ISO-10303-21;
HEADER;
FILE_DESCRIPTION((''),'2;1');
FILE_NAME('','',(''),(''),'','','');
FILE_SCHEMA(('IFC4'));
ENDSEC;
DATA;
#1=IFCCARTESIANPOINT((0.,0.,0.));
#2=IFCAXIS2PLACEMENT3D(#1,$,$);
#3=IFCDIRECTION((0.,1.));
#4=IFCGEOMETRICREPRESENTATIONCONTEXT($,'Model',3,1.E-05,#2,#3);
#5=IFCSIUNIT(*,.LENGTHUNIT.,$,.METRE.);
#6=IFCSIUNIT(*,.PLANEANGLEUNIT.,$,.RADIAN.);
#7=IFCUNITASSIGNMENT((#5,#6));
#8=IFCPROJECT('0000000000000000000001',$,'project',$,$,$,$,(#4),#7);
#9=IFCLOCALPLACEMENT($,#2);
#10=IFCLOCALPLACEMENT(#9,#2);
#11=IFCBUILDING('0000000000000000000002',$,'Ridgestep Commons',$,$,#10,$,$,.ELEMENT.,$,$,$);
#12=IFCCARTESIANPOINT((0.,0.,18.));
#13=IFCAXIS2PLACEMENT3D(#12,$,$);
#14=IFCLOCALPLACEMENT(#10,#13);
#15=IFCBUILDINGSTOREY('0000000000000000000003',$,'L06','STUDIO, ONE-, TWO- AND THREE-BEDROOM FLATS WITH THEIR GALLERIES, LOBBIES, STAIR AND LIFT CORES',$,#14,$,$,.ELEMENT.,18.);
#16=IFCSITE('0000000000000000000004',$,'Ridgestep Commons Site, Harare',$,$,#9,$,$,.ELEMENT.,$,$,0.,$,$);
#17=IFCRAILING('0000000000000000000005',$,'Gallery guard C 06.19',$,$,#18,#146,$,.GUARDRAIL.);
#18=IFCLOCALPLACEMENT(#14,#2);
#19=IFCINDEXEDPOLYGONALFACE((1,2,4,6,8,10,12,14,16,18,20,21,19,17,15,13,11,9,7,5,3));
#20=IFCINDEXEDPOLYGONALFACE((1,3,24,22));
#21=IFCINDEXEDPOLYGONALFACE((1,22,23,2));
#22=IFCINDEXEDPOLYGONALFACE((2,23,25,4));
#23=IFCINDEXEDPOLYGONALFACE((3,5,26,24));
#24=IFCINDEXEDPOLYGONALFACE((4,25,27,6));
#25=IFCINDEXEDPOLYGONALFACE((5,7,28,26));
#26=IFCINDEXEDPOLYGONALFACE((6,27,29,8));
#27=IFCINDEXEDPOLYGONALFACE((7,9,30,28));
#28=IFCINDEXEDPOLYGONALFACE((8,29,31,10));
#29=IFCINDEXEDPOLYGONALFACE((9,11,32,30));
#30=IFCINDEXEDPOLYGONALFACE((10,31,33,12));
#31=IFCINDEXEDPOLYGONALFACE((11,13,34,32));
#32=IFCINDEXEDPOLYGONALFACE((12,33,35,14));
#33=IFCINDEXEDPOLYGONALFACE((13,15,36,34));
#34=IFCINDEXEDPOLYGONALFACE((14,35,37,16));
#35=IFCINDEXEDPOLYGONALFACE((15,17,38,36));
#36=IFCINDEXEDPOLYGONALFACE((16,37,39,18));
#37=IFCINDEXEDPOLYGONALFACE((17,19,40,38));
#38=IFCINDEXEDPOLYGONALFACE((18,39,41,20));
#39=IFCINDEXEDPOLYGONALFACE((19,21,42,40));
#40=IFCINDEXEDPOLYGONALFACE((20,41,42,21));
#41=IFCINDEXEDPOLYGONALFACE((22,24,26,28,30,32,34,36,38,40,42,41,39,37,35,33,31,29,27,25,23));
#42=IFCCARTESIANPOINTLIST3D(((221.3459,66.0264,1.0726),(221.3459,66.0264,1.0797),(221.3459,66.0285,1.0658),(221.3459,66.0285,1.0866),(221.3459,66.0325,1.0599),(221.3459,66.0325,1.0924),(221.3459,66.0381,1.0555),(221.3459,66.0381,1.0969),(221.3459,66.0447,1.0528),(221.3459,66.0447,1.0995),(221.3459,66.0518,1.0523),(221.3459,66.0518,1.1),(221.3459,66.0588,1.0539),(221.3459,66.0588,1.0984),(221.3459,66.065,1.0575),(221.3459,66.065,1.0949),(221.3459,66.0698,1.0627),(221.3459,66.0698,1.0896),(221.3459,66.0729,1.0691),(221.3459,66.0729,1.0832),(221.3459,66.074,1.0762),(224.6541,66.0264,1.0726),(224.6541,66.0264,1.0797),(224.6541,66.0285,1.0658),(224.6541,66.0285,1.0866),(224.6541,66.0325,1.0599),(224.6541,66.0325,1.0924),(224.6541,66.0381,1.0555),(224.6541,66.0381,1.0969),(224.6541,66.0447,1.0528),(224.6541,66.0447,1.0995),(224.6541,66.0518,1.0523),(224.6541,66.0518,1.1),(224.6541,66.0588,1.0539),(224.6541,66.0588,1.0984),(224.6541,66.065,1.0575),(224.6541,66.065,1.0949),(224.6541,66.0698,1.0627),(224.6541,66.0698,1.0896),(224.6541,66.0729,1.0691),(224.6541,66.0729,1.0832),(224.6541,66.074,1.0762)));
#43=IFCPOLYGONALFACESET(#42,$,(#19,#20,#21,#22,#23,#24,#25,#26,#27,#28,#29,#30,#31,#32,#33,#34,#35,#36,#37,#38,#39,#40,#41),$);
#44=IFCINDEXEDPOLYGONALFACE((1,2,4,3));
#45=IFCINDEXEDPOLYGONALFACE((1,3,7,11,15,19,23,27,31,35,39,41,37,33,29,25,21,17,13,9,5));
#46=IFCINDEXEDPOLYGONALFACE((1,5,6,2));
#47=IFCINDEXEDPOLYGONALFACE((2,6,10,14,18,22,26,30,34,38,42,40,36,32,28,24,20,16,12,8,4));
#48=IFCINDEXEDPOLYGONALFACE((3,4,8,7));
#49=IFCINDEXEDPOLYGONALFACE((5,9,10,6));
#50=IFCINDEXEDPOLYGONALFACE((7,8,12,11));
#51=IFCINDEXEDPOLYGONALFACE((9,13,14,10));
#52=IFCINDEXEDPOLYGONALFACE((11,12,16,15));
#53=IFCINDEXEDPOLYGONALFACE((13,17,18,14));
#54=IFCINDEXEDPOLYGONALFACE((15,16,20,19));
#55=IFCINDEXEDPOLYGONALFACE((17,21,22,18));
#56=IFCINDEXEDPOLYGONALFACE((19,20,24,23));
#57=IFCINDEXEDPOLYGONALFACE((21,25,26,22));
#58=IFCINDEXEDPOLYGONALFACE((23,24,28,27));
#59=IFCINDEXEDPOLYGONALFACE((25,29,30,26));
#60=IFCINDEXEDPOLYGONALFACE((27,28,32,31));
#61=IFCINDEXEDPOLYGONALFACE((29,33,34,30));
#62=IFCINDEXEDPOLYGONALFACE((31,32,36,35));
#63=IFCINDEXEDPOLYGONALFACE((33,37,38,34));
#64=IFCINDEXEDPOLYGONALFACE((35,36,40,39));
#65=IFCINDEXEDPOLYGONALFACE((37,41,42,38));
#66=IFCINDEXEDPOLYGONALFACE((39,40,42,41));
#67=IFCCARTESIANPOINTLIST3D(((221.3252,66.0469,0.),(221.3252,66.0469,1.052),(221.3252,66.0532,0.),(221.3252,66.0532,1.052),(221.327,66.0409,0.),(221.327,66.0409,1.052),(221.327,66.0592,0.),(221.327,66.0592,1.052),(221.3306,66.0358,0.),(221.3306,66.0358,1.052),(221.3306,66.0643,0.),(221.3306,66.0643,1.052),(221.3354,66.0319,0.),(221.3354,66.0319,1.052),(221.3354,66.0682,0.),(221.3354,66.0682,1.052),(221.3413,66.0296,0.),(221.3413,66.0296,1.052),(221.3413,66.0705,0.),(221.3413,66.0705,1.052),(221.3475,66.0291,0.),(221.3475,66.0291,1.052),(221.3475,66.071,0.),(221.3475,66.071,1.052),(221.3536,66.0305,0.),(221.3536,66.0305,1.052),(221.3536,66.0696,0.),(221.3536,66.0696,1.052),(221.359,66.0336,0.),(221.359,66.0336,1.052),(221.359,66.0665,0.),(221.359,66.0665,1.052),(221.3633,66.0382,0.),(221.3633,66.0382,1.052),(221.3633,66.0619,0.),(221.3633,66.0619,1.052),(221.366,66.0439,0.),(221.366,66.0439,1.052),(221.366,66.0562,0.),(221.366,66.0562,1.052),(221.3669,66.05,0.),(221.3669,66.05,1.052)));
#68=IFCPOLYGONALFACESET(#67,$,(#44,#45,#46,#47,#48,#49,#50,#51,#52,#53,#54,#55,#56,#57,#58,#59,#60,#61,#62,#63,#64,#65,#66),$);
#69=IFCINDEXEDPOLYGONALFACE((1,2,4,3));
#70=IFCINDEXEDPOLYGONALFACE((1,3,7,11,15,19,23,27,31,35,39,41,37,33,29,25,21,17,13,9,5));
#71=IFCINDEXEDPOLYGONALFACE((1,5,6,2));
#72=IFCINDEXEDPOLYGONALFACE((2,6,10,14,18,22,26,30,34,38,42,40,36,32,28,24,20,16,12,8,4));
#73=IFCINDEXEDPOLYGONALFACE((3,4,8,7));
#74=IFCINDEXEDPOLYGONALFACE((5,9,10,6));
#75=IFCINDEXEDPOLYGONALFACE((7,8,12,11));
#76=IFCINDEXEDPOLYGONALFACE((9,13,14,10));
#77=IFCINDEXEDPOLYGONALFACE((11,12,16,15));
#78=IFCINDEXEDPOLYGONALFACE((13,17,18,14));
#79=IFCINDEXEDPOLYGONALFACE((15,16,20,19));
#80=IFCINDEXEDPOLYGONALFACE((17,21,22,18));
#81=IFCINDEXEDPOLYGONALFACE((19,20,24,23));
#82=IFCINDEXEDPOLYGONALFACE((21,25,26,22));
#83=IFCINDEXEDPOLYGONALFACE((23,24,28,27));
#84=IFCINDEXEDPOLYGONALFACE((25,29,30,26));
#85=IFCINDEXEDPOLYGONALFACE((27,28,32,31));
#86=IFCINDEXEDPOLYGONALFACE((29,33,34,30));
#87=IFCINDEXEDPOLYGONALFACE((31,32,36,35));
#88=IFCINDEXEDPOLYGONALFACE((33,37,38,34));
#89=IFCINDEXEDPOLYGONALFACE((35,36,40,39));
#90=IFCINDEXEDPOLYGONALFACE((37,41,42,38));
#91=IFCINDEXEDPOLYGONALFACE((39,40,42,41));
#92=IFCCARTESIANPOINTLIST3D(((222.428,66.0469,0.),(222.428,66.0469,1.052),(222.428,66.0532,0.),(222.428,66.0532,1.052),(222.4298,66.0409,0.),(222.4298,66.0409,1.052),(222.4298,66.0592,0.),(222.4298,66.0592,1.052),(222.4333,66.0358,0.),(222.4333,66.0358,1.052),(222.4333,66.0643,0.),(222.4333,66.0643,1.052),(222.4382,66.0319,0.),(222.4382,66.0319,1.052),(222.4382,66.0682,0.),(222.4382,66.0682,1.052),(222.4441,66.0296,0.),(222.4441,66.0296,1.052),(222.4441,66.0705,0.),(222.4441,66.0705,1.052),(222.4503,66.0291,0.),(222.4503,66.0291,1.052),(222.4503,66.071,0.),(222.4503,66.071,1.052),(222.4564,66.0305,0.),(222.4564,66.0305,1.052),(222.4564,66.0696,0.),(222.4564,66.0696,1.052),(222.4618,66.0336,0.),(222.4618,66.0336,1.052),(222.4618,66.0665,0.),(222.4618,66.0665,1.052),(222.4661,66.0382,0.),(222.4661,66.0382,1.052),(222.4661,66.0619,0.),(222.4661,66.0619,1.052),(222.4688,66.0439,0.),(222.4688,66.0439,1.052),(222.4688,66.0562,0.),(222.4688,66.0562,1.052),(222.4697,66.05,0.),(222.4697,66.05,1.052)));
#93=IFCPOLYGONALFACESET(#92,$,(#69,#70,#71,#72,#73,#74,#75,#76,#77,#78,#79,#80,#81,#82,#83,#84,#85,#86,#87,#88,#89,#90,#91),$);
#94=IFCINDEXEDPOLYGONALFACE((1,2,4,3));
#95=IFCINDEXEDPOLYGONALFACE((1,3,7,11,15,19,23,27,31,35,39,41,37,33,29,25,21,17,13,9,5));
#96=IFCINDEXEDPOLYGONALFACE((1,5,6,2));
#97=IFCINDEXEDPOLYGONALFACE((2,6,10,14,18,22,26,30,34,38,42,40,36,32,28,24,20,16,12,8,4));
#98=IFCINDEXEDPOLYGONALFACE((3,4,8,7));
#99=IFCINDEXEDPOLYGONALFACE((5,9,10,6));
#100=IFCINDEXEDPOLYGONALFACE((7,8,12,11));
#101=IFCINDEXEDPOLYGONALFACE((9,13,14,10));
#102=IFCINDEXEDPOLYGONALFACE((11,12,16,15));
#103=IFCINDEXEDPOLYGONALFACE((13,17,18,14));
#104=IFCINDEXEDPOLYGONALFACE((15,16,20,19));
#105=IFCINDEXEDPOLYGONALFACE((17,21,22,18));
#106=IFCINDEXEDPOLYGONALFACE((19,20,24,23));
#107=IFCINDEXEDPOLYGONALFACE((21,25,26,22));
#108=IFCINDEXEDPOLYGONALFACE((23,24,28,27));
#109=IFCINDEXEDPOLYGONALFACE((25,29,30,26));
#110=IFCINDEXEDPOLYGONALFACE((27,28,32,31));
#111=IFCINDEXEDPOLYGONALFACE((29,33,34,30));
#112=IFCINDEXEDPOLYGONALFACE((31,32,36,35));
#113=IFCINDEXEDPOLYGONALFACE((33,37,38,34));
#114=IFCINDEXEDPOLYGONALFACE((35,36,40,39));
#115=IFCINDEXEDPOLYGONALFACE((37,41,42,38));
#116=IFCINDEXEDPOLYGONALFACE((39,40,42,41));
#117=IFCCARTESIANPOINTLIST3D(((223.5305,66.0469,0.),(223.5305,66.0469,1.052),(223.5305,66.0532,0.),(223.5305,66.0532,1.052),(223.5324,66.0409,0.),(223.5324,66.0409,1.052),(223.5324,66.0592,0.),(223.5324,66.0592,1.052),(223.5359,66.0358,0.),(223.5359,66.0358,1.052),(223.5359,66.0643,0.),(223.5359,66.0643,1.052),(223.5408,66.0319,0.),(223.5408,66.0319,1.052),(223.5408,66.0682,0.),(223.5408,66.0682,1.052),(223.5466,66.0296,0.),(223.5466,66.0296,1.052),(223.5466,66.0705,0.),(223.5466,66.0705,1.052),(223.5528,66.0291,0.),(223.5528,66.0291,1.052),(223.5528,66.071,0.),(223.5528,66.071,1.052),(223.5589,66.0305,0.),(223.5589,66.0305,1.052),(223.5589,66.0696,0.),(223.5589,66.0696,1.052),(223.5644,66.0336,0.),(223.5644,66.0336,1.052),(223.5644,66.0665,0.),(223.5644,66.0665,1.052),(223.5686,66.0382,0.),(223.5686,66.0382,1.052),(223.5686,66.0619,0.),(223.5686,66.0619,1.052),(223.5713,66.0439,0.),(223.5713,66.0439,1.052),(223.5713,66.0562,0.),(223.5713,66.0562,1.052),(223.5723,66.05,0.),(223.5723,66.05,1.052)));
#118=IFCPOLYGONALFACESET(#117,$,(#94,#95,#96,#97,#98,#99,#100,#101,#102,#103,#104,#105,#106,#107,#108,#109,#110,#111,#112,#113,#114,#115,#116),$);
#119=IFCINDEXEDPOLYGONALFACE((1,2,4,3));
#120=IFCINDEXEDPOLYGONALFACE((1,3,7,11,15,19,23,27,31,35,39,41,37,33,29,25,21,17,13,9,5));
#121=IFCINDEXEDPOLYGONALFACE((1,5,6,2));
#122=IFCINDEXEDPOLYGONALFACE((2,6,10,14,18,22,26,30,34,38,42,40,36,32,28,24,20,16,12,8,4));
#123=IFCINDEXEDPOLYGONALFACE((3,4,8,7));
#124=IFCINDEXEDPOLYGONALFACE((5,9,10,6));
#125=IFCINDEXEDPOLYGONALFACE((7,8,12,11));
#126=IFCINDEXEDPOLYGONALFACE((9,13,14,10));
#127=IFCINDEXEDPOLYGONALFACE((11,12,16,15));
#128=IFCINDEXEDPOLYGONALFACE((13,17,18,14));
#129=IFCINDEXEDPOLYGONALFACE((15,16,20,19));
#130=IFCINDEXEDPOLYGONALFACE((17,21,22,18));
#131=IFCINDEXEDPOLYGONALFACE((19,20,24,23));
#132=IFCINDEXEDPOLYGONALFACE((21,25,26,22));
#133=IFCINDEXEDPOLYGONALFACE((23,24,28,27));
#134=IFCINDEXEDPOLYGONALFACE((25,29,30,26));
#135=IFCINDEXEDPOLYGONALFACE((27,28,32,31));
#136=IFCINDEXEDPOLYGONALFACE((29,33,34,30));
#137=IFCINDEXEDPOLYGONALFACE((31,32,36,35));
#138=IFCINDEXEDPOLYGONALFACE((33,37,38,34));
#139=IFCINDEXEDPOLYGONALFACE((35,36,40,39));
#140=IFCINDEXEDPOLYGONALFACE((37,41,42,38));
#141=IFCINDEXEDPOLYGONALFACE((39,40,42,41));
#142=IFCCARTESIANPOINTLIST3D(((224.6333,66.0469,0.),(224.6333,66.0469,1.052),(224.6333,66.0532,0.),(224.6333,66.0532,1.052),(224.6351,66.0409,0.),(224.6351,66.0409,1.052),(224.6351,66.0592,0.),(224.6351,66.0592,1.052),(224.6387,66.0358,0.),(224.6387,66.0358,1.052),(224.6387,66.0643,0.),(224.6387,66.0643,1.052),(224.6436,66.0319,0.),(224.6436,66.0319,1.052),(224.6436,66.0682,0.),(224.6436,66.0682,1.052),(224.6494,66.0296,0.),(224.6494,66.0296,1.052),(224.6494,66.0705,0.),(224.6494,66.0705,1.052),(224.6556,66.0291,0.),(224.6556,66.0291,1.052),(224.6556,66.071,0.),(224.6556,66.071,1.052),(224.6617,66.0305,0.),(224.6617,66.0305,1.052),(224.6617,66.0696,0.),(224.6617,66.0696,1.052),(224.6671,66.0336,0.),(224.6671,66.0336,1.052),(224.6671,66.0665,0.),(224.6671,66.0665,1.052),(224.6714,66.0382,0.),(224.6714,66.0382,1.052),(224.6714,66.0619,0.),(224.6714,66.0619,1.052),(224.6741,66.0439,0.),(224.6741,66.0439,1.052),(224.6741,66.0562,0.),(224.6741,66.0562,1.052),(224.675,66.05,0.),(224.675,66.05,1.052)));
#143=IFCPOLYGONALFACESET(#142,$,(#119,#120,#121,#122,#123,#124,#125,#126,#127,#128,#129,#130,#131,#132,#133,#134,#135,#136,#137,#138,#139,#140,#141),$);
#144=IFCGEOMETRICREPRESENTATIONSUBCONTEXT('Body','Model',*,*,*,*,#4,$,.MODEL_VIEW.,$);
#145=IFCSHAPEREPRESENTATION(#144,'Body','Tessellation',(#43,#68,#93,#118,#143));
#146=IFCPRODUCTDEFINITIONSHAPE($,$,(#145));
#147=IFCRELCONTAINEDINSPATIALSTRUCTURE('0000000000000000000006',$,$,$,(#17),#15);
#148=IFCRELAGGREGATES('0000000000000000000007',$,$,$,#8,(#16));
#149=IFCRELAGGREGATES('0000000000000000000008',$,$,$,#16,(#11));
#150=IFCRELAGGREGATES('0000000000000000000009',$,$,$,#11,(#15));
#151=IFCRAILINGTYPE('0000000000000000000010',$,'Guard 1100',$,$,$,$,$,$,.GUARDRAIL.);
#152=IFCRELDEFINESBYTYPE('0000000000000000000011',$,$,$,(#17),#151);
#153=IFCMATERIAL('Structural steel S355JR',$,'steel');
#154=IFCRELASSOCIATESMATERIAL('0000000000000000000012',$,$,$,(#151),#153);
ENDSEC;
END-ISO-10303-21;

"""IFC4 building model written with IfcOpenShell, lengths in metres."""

from ifc_helpers import new_model, si_unit, direction, frame, origin, origin_2d, place, context, subcontext, project, spatial, circle, extrude, material, type_object, element, save


model = new_model("IFC4")

# Units and contexts
model_context = context("Model", 3, precision=1e-05, world=origin(), true_north=direction((0.0, 1.0)))
body_context = subcontext(model_context, "Body", "Model", "MODEL_VIEW")
ifc_project = project(units=[si_unit("LENGTHUNIT", "METRE"), si_unit("PLANEANGLEUNIT", "RADIAN")], contexts=[model_context])

# Site, building, storey
site_placement = place(None, origin())
site = spatial("IfcSite", under=ifc_project, at=site_placement, Name="Ridgestep Commons Site, Harare", CompositionType="ELEMENT", RefElevation=0.0)
building_placement = place(site_placement, origin())
building = spatial("IfcBuilding", under=site, at=building_placement, Name="Ridgestep Commons", CompositionType="ELEMENT")
storey_placement = place(building_placement, frame((0.0, 0.0, 18.0)))
storey = spatial("IfcBuildingStorey", under=building, at=storey_placement, Name="L06", Description="STUDIO, ONE-, TWO- AND THREE-BEDROOM FLATS WITH THEIR GALLERIES, LOBBIES, STAIR AND LIFT CORES", CompositionType="ELEMENT", Elevation=18.0)

# Railing
ifc_material_1 = material(Name="Structural steel S355JR", Category="steel")
railing_type_1 = type_object("IfcRailingType", Name="Guard 1100", PredefinedType="GUARDRAIL", material=ifc_material_1)
railing_1_placement = place(storey_placement, frame((221.3459, 66.05, 0.0)))
element("IfcRailing", 1, at=railing_1_placement, inside=storey, type_object=railing_type_1, Name="Gallery guard C 06.19", PredefinedType="GUARDRAIL", context=body_context, shape_type="SweptSolid", body=[
    extrude(circle(Radius=0.0239, at=origin_2d()), frame((0.0, 0.0, 1.0762), z_axis=(1.0, 0.0, 0.0), x_axis=(0.0, 1.0, 0.0)), (0.0, 0.0, 1.0), 3.3081),
    extrude(circle(Radius=0.021, at=origin_2d()), origin(), (0.0, 0.0, 1.0), 1.052),
    extrude(circle(Radius=0.021, at=origin_2d()), frame((1.1028, 0.0, 0.0)), (0.0, 0.0, 1.0), 1.052),
    extrude(circle(Radius=0.021, at=origin_2d()), frame((2.2053, 0.0, 0.0)), (0.0, 0.0, 1.0), 1.052),
    extrude(circle(Radius=0.021, at=origin_2d()), frame((3.3081, 0.0, 0.0)), (0.0, 0.0, 1.0), 1.052),
])

save(model, "model.ifc")
